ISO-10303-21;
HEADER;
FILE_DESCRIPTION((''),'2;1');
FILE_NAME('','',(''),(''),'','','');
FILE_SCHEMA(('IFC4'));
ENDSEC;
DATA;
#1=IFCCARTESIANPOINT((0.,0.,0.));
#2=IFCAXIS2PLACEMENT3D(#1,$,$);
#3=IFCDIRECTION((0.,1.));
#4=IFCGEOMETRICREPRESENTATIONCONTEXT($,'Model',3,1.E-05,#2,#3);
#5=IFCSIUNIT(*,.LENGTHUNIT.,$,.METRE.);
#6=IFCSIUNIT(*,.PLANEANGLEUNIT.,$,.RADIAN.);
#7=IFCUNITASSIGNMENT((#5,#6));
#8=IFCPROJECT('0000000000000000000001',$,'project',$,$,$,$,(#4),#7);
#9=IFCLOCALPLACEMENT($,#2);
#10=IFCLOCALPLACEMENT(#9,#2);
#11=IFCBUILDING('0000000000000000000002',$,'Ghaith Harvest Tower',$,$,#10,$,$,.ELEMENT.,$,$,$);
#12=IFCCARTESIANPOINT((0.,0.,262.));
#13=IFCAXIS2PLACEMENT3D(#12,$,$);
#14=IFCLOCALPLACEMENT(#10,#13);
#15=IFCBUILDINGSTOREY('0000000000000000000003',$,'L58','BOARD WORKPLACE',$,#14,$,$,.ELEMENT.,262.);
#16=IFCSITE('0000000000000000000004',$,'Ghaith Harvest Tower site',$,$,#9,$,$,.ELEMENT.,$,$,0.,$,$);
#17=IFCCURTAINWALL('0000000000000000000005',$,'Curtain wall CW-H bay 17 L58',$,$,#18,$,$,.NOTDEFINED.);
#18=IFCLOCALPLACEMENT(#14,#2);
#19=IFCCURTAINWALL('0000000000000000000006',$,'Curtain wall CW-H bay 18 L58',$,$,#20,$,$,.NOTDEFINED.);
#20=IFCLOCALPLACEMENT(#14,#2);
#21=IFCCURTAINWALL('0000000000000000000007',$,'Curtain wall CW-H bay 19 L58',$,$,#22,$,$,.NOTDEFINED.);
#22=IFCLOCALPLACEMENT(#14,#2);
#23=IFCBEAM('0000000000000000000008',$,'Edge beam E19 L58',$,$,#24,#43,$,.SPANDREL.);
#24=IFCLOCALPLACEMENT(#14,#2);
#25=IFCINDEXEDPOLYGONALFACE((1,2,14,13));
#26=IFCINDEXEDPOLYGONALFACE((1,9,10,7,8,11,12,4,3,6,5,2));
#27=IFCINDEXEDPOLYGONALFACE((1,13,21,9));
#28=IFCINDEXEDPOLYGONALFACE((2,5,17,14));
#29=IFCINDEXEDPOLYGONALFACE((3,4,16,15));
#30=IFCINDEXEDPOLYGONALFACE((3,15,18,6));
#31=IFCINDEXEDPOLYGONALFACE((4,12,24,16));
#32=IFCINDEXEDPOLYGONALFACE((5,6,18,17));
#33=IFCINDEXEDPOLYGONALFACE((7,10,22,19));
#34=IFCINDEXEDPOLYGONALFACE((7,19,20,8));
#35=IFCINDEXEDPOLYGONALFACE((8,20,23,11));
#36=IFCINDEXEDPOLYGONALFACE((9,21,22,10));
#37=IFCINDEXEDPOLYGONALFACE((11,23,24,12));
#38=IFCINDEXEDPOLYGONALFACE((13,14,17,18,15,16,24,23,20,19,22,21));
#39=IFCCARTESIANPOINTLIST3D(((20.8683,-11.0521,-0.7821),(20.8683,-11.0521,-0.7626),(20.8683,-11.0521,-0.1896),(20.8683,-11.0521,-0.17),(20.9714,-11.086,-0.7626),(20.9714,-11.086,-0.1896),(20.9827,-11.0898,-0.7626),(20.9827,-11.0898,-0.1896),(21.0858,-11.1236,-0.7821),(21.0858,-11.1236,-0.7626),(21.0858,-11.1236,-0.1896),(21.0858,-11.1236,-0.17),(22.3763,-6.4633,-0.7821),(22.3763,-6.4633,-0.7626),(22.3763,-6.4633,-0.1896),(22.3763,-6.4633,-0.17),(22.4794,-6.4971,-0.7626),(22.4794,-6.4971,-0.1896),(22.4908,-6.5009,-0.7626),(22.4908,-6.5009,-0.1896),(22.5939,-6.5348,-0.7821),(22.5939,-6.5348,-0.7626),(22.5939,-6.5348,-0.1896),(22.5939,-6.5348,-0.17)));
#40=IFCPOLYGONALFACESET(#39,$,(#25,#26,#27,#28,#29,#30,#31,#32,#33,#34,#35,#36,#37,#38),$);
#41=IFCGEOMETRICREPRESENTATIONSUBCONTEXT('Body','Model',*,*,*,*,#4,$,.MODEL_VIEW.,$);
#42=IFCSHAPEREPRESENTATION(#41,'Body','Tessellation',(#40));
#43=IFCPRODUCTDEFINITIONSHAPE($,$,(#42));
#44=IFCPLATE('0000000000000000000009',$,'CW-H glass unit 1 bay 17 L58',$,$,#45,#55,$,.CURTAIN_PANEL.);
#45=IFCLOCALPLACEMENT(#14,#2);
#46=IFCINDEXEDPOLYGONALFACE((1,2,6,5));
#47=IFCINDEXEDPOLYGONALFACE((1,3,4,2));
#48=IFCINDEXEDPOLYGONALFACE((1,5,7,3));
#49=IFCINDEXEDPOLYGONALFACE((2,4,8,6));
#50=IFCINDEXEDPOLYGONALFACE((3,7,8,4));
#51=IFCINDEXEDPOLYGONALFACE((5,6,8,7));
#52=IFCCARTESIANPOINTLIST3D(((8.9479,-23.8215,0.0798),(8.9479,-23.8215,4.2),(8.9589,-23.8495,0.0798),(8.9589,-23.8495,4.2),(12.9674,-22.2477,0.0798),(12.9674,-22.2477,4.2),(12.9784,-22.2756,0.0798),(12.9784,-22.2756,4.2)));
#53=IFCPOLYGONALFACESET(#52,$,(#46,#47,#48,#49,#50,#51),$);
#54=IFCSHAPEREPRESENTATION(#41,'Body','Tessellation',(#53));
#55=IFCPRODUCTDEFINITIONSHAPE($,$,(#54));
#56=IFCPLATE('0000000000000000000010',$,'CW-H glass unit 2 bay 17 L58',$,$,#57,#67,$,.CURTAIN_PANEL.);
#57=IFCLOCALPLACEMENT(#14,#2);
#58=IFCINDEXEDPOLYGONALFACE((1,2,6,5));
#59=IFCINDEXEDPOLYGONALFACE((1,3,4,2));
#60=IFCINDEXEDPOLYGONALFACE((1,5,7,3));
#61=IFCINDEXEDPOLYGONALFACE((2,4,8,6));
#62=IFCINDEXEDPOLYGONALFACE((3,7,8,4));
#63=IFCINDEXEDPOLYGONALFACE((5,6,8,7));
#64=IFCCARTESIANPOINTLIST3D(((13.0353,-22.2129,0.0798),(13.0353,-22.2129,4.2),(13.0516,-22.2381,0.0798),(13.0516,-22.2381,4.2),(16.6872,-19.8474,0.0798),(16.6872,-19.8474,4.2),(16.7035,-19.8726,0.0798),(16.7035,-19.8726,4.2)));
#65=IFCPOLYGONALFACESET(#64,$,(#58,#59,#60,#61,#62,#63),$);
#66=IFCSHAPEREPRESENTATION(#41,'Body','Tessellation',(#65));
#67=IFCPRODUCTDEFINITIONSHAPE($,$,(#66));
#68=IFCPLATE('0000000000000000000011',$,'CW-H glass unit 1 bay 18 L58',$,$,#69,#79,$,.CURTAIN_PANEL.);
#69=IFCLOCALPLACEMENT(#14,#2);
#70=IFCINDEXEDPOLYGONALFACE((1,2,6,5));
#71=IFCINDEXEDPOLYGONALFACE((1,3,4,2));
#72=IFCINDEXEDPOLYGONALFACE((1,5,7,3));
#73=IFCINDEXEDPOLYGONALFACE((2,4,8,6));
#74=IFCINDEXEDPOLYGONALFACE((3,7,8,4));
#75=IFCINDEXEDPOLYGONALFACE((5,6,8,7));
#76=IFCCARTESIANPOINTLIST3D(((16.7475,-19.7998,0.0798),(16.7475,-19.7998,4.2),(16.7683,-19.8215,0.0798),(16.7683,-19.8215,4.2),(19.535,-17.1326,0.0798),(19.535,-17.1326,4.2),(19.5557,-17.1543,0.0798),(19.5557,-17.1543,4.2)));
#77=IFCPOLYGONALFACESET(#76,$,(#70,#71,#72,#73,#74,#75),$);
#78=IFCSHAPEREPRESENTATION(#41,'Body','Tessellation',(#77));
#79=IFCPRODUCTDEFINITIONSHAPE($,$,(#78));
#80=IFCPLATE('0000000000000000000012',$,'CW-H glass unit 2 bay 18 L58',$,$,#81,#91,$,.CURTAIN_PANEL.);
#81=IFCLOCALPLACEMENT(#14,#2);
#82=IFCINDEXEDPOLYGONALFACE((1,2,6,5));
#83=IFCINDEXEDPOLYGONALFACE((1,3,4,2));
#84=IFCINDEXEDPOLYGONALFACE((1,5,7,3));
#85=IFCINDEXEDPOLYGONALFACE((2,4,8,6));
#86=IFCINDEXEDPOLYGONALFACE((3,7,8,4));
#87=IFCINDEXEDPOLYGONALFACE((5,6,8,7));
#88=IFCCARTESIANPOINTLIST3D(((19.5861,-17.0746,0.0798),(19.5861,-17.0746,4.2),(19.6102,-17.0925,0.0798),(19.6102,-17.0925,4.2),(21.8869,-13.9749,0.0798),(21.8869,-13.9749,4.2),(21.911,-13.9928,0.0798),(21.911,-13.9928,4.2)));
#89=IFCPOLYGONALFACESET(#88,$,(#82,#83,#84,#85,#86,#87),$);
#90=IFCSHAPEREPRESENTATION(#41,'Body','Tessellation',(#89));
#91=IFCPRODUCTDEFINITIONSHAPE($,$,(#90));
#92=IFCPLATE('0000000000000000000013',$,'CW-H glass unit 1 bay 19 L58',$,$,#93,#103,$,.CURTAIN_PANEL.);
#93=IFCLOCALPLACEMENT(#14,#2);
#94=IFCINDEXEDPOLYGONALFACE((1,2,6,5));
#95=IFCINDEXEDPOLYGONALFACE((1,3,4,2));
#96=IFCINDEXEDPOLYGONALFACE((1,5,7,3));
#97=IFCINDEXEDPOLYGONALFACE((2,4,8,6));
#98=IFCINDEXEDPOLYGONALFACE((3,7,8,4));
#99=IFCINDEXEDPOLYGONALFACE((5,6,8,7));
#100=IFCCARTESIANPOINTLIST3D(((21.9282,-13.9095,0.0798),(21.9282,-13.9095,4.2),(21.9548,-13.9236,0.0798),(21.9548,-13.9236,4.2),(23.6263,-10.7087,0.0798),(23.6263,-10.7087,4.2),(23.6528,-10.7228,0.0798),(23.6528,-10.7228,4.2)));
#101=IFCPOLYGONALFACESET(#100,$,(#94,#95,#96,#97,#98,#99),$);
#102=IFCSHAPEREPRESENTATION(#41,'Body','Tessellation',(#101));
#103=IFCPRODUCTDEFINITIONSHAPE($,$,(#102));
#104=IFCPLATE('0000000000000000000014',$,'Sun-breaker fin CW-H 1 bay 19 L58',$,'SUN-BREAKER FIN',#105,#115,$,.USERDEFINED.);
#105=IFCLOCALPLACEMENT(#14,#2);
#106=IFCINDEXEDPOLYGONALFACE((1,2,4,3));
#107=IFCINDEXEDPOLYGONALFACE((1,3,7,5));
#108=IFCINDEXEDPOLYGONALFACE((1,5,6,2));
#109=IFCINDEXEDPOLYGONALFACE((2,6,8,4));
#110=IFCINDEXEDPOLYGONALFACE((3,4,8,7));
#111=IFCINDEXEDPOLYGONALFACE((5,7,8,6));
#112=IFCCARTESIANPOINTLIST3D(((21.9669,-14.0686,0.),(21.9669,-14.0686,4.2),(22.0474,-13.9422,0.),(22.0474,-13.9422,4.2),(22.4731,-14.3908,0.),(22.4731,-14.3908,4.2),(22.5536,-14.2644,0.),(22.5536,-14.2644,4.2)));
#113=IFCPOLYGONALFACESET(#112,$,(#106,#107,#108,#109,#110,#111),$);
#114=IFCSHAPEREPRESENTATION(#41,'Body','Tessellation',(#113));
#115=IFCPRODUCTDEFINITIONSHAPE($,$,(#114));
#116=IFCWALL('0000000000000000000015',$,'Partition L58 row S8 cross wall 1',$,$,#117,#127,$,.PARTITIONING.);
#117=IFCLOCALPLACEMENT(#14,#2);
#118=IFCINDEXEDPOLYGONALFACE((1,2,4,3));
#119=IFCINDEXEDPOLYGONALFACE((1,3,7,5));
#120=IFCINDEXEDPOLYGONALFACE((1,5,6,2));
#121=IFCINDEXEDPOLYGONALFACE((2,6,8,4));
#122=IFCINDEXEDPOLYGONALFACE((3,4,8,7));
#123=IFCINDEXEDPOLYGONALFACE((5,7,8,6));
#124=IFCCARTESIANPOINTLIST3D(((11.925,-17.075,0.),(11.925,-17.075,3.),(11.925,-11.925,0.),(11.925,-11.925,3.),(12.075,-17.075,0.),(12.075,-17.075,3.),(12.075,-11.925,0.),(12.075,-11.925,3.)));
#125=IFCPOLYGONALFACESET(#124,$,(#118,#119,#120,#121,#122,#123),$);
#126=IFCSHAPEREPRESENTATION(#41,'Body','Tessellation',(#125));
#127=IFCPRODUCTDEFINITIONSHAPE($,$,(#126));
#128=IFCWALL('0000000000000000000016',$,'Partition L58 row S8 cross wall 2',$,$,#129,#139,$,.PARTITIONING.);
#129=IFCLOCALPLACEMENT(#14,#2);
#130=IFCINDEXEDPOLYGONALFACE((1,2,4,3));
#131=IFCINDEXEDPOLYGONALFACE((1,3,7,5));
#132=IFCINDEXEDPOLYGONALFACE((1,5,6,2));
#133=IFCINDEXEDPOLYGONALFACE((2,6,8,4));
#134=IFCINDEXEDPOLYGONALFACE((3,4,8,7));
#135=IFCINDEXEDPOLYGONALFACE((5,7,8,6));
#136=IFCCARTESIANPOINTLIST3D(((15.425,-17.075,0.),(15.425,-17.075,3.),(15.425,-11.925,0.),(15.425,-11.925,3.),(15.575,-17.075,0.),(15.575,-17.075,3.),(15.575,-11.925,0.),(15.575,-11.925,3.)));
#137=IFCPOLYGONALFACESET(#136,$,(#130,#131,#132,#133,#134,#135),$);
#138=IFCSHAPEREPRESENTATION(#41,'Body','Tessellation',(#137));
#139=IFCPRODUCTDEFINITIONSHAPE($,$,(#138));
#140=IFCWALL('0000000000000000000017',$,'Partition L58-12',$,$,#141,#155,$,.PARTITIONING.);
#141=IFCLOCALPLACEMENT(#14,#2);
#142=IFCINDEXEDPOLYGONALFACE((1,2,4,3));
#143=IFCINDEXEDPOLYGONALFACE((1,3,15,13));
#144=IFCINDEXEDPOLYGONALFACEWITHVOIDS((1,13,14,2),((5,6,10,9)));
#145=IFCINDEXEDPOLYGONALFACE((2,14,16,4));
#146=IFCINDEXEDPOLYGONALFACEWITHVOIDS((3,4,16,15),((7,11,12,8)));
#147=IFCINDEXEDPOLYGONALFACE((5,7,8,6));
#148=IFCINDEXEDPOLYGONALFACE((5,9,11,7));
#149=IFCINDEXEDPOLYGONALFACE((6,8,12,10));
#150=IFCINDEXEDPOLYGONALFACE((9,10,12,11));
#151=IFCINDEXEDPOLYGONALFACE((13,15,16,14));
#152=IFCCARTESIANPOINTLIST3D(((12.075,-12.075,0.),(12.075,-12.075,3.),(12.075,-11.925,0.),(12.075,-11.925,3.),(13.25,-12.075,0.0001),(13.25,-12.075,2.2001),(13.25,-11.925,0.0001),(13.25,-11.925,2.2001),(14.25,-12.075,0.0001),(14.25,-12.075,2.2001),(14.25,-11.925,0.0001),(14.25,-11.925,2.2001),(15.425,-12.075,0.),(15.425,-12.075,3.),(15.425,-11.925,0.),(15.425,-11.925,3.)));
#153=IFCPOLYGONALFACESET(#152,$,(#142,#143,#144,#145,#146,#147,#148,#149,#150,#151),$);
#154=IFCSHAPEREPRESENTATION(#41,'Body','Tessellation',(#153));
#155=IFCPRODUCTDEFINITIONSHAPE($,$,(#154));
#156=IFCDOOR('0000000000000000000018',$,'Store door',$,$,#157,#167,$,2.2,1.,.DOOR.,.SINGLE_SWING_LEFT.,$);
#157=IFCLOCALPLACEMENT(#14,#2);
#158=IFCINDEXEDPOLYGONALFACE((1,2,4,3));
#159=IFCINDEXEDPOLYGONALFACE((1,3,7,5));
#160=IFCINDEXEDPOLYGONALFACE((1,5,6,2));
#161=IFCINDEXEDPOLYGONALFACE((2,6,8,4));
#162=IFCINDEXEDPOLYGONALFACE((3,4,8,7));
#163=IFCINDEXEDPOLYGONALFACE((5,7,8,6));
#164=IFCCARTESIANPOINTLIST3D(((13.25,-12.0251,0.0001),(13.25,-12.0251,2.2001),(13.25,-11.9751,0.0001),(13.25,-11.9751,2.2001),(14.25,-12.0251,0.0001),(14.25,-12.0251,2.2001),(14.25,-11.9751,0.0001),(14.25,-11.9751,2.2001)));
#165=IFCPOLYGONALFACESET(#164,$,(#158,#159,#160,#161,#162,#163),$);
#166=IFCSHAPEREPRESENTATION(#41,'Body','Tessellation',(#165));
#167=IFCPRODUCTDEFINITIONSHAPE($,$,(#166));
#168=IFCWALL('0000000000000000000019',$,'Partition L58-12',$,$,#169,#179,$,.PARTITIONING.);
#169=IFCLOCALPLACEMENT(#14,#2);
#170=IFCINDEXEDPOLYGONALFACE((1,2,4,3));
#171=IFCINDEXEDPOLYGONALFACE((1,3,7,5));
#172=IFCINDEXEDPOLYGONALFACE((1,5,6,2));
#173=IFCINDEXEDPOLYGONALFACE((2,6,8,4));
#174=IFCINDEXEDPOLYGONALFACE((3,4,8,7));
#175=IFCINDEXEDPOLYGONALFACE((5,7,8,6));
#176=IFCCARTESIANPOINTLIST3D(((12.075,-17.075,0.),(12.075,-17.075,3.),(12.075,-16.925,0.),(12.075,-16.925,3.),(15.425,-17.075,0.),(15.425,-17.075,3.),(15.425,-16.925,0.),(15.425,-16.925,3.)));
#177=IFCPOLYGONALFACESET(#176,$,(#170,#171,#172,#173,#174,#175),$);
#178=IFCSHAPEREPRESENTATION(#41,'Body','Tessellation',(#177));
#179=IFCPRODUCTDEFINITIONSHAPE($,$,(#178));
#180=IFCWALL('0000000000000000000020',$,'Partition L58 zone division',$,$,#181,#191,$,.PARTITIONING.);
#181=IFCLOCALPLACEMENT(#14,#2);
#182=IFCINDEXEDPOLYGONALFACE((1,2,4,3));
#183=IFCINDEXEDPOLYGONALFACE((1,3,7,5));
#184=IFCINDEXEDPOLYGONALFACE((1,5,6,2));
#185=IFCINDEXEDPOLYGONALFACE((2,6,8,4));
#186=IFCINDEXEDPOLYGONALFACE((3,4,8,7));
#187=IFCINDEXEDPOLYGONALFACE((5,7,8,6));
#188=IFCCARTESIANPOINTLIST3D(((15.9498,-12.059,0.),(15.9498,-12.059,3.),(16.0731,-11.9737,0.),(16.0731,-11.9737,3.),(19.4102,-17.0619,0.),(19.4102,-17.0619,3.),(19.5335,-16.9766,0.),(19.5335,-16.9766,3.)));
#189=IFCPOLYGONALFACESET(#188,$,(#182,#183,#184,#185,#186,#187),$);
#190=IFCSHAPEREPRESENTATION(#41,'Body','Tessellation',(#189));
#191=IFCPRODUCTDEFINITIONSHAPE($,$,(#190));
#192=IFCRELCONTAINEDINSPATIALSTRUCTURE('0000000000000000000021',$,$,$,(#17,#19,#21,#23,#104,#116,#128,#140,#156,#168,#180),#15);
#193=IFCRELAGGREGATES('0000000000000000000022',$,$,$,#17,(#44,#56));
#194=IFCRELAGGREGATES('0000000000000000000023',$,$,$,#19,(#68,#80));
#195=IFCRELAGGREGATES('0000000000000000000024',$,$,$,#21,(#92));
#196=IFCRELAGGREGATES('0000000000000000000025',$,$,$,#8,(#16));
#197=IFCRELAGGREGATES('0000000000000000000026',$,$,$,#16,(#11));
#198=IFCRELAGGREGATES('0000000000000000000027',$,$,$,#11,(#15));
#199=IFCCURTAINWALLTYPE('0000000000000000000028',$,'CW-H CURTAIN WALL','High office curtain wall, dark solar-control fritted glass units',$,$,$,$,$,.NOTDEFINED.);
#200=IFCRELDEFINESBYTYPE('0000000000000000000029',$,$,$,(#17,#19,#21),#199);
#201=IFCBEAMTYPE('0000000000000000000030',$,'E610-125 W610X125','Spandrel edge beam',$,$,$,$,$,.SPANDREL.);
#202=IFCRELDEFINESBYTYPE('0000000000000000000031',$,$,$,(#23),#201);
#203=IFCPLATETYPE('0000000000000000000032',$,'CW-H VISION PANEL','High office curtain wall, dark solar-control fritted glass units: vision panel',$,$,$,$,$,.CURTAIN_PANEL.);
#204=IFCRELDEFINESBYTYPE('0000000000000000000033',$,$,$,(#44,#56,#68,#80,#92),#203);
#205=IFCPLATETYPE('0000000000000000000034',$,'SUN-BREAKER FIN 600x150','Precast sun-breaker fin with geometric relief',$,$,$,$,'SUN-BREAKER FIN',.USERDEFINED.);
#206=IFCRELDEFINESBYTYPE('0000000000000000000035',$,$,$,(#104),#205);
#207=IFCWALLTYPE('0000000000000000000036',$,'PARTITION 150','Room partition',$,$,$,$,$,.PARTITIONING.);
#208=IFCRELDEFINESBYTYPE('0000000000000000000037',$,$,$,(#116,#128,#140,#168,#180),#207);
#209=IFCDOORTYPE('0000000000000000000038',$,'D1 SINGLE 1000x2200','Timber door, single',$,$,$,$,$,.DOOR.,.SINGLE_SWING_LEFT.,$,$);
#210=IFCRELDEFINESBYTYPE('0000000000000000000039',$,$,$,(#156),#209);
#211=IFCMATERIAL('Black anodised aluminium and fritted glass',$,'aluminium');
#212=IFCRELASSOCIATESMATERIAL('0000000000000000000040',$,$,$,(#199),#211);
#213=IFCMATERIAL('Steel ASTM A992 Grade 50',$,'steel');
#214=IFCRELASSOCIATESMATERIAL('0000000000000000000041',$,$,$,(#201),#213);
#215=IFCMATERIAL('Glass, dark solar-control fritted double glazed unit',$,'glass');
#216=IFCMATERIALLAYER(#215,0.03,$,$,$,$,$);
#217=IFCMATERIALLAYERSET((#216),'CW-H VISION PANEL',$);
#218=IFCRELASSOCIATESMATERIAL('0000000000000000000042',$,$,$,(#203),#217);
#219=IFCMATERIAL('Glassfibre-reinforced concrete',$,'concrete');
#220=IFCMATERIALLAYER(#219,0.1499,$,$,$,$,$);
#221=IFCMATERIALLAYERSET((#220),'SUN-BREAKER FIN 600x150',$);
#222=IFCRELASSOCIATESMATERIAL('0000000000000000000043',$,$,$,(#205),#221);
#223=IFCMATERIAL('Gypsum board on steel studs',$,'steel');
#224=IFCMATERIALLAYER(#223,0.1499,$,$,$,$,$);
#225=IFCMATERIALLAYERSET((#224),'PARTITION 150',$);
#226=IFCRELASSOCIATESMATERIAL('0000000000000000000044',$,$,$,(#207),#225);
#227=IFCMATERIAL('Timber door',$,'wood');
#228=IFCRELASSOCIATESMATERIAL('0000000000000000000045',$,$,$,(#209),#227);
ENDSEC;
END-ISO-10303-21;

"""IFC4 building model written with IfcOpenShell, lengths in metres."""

from ifc_helpers import new_model, si_unit, direction, frame, frame_2d, origin, origin_2d, place, context, subcontext, project, spatial, rectangle, i_section, extrude, material, layer, layer_set, material_profile, profile_set, type_object, element, fill, aggregate, save


model = new_model("IFC4")

# Units and contexts
model_context = context("Model", 3, precision=1e-05, world=origin(), true_north=direction((0.0, 1.0)))
body_context = subcontext(model_context, "Body", "Model", "MODEL_VIEW")
ifc_project = project(units=[si_unit("LENGTHUNIT", "METRE"), si_unit("PLANEANGLEUNIT", "RADIAN")], contexts=[model_context])

# Site, building, storey
site_placement = place(None, origin())
site = spatial("IfcSite", under=ifc_project, at=site_placement, Name="Ghaith Harvest Tower site", CompositionType="ELEMENT", RefElevation=0.0)
building_placement = place(site_placement, origin())
building = spatial("IfcBuilding", under=site, at=building_placement, Name="Ghaith Harvest Tower", CompositionType="ELEMENT")
storey_placement = place(building_placement, frame((0.0, 0.0, 262.0)))
storey = spatial("IfcBuildingStorey", under=building, at=storey_placement, Name="L58", Description="BOARD WORKPLACE", CompositionType="ELEMENT", Elevation=262.0)

# Curtain wall
ifc_material_1 = material(Name="Black anodised aluminium and fritted glass", Category="aluminium")
curtain_wall_type = type_object("IfcCurtainWallType", Name="CW-H CURTAIN WALL", Description="High office curtain wall, dark solar-control fritted glass units", PredefinedType="NOTDEFINED", material=ifc_material_1)
curtain_wall_1_placement = place(storey_placement, origin())
curtain_wall_1 = element("IfcCurtainWall", 1, at=curtain_wall_1_placement, inside=storey, type_object=curtain_wall_type, Name="Curtain wall CW-H bay 17 L58", PredefinedType="NOTDEFINED")

# Curtain walls
curtain_wall_2_placement = place(storey_placement, origin())
curtain_wall_2 = element("IfcCurtainWall", 2, at=curtain_wall_2_placement, inside=storey, type_object=curtain_wall_type, Name="Curtain wall CW-H bay 18 L58", PredefinedType="NOTDEFINED")
curtain_wall_3_placement = place(storey_placement, origin())
curtain_wall_3 = element("IfcCurtainWall", 3, at=curtain_wall_3_placement, inside=storey, type_object=curtain_wall_type, Name="Curtain wall CW-H bay 19 L58", PredefinedType="NOTDEFINED")

# Beam
ifc_material_2 = material(Name="Steel ASTM A992 Grade 50", Category="steel")
ifc_material_profile_1 = material_profile(ifc_material_2, i_section(OverallWidth=0.229, OverallDepth=0.6121, WebThickness=0.012, FlangeThickness=0.0195, at=origin_2d()), Name="W610X125")
ifc_profile_set_1 = profile_set([ifc_material_profile_1], Name="Steel ASTM A992 Grade 50")
beam_type = type_object("IfcBeamType", Name="E610-125 W610X125", Description="Spandrel edge beam", PredefinedType="SPANDREL", material=ifc_profile_set_1)
beam_1_placement = place(storey_placement, frame((20.9771, -11.0879, -0.4761), z_axis=(0.312207, 0.950014, 0.0), x_axis=(-0.950014, 0.312207, 0.0)))
element("IfcBeam", 4, at=beam_1_placement, inside=storey, type_object=beam_type, Name="Edge beam E19 L58", PredefinedType="SPANDREL", context=body_context, shape_type="SweptSolid", body=[
    extrude(i_section(OverallWidth=0.229, OverallDepth=0.6121, WebThickness=0.012, FlangeThickness=0.0195, at=origin_2d()), origin(), (0.0, 0.0, 1.0), 4.8303),
])

# Plates
ifc_material_3 = material(Name="Glass, dark solar-control fritted double glazed unit", Category="glass")
ifc_layer_1 = layer(ifc_material_3, 0.03)
ifc_layer_set_1 = layer_set([ifc_layer_1], Name="CW-H VISION PANEL")
plate_type_1 = type_object("IfcPlateType", Name="CW-H VISION PANEL", Description="High office curtain wall, dark solar-control fritted glass units: vision panel", PredefinedType="CURTAIN_PANEL", material=ifc_layer_set_1)
plate_1_placement = place(storey_placement, frame((10.9631, -23.0486, 0.0798), z_axis=(0.0, 0.0, 1.0), x_axis=(0.931161, 0.364608, 0.0)))
plate_1 = element("IfcPlate", 5, at=plate_1_placement, type_object=plate_type_1, Name="CW-H glass unit 1 bay 17 L58", PredefinedType="CURTAIN_PANEL", context=body_context, shape_type="SweptSolid", body=[
    extrude(rectangle(XDim=4.3167, YDim=0.03, at=origin_2d()), origin(), (0.0, 0.0, 1.0), 4.1201),
])
plate_2_placement = place(storey_placement, frame((14.8694, -21.0427, 0.0798), z_axis=(0.0, 0.0, 1.0), x_axis=(0.839305, 0.54366, 0.0)))
plate_2 = element("IfcPlate", 6, at=plate_2_placement, type_object=plate_type_1, Name="CW-H glass unit 2 bay 17 L58", PredefinedType="CURTAIN_PANEL", context=body_context, shape_type="SweptSolid", body=[
    extrude(rectangle(XDim=4.3511, YDim=0.03, at=origin_2d()), origin(), (0.0, 0.0, 1.0), 4.1201),
])
aggregate(curtain_wall_1, [plate_1, plate_2])
plate_3_placement = place(storey_placement, frame((18.1516, -18.4771, 0.0798), z_axis=(0.0, 0.0, 1.0), x_axis=(0.722533, 0.691337, 0.0)))
plate_3 = element("IfcPlate", 7, at=plate_3_placement, type_object=plate_type_1, Name="CW-H glass unit 1 bay 18 L58", PredefinedType="CURTAIN_PANEL", context=body_context, shape_type="SweptSolid", body=[
    extrude(rectangle(XDim=3.8579, YDim=0.03, at=origin_2d()), origin(), (0.0, 0.0, 1.0), 4.1201),
])
plate_4_placement = place(storey_placement, frame((20.7485, -15.5337, 0.0798), z_axis=(0.0, 0.0, 1.0), x_axis=(0.596019, 0.802971, 0.0)))
plate_4 = element("IfcPlate", 8, at=plate_4_placement, type_object=plate_type_1, Name="CW-H glass unit 2 bay 18 L58", PredefinedType="CURTAIN_PANEL", context=body_context, shape_type="SweptSolid", body=[
    extrude(rectangle(XDim=3.8604, YDim=0.03, at=origin_2d()), origin(), (0.0, 0.0, 1.0), 4.1201),
])
aggregate(curtain_wall_2, [plate_3, plate_4])
plate_5_placement = place(storey_placement, frame((22.7905, -12.3162, 0.0798), z_axis=(0.0, 0.0, 1.0), x_axis=(0.468644, 0.883387, 0.0)))
plate_5 = element("IfcPlate", 9, at=plate_5_placement, type_object=plate_type_1, Name="CW-H glass unit 1 bay 19 L58", PredefinedType="CURTAIN_PANEL", context=body_context, shape_type="SweptSolid", body=[
    extrude(rectangle(XDim=3.6233, YDim=0.03, at=origin_2d()), origin(), (0.0, 0.0, 1.0), 4.1201),
])
aggregate(curtain_wall_3, [plate_5])
ifc_material_4 = material(Name="Glassfibre-reinforced concrete", Category="concrete")
ifc_layer_2 = layer(ifc_material_4, 0.1499)
ifc_layer_set_2 = layer_set([ifc_layer_2], Name="SUN-BREAKER FIN 600x150")
plate_type_2 = type_object("IfcPlateType", Name="SUN-BREAKER FIN 600x150", Description="Precast sun-breaker fin with geometric relief", ElementType="SUN-BREAKER FIN", PredefinedType="USERDEFINED", material=ifc_layer_set_2)
plate_6_placement = place(storey_placement, frame((22.2603, -14.1665, 0.0), z_axis=(0.0, 0.0, 1.0), x_axis=(0.843644, -0.536903, 0.0)))
element("IfcPlate", 10, at=plate_6_placement, inside=storey, type_object=plate_type_2, Name="Sun-breaker fin CW-H 1 bay 19 L58", ObjectType="SUN-BREAKER FIN", PredefinedType="USERDEFINED", context=body_context, shape_type="SweptSolid", body=[
    extrude(rectangle(XDim=0.6001, YDim=0.1499, at=origin_2d()), origin(), (0.0, 0.0, 1.0), 4.2),
])

# Walls
ifc_material_5 = material(Name="Gypsum board on steel studs", Category="steel")
ifc_layer_3 = layer(ifc_material_5, 0.1499)
ifc_layer_set_3 = layer_set([ifc_layer_3], Name="PARTITION 150")
wall_type = type_object("IfcWallType", Name="PARTITION 150", Description="Room partition", PredefinedType="PARTITIONING", material=ifc_layer_set_3)
for number, where, z_axis, x_axis, name in (
    (11, (12.0, -11.925, 0.0), (0.0, 0.0, 1.0), (0.0, -1.0, 0.0), "Partition L58 row S8 cross wall 1"),
    (12, (15.5, -11.925, 0.0), (0.0, 0.0, 1.0), (0.0, -1.0, 0.0), "Partition L58 row S8 cross wall 2"),
):
    element("IfcWall", number, at=place(storey_placement, frame(where, z_axis=z_axis, x_axis=x_axis)), inside=storey, type_object=wall_type, Name=name, PredefinedType="PARTITIONING", context=body_context, shape_type="SweptSolid", body=[
        extrude(rectangle(XDim=5.1499, YDim=0.1499, at=frame_2d((2.575, 0.0))), origin(), (0.0, 0.0, 1.0), 3.0),
    ])

# Wall, opening, door
wall_1_placement = place(storey_placement, frame((12.075, -12.0, 0.0), z_axis=(0.0, 0.0, 1.0), x_axis=(1.0, 0.0, 0.0)))
wall_1 = element("IfcWall", 13, at=wall_1_placement, inside=storey, type_object=wall_type, Name="Partition L58-12", PredefinedType="PARTITIONING", context=body_context, shape_type="SweptSolid", body=[
    extrude(rectangle(XDim=3.3501, YDim=0.1499, at=frame_2d((1.675, 0.0))), origin(), (0.0, 0.0, 1.0), 3.0),
])
opening_placement = place(wall_1_placement, frame((1.175, 0.0, 0.0)))
opening = element("IfcOpeningElement", 14, at=opening_placement, cuts=wall_1, PredefinedType="OPENING", context=body_context, shape_type="SweptSolid", body=[
    extrude(rectangle(XDim=1.0, YDim=2.2, at=frame_2d((0.5, 1.1001))), frame((0.0, 0.085, 0.0), z_axis=(0.0, -1.0, 0.0), x_axis=(1.0, 0.0, 0.0)), (0.0, 0.0, 1.0), 0.1699),
])
ifc_material_6 = material(Name="Timber door", Category="wood")
door_type = type_object("IfcDoorType", Name="D1 SINGLE 1000x2200", Description="Timber door, single", OperationType="SINGLE_SWING_LEFT", PredefinedType="DOOR", material=ifc_material_6)
door_placement = place(opening_placement, origin())
door = element("IfcDoor", 15, at=door_placement, inside=storey, type_object=door_type, Name="Store door", OperationType="SINGLE_SWING_LEFT", OverallHeight=2.2, OverallWidth=1.0, PredefinedType="DOOR", context=body_context, shape_type="SweptSolid", body=[
    extrude(rectangle(XDim=1.0, YDim=2.2, at=frame_2d((0.5, 1.1001))), frame((0.0, 0.0249, 0.0), z_axis=(0.0, -1.0, 0.0), x_axis=(1.0, 0.0, 0.0)), (0.0, 0.0, 1.0), 0.05),
])
fill(opening, door)

# Walls
wall_2_placement = place(storey_placement, frame((12.075, -17.0, 0.0), z_axis=(0.0, 0.0, 1.0), x_axis=(1.0, 0.0, 0.0)))
element("IfcWall", 16, at=wall_2_placement, inside=storey, type_object=wall_type, Name="Partition L58-12", PredefinedType="PARTITIONING", context=body_context, shape_type="SweptSolid", body=[
    extrude(rectangle(XDim=3.3501, YDim=0.1499, at=frame_2d((1.675, 0.0))), origin(), (0.0, 0.0, 1.0), 3.0),
])
wall_3_placement = place(storey_placement, frame((16.0115, -12.0164, 0.0), z_axis=(0.0, 0.0, 1.0), x_axis=(0.568863, -0.822432, 0.0)))
element("IfcWall", 17, at=wall_3_placement, inside=storey, type_object=wall_type, Name="Partition L58 zone division", PredefinedType="PARTITIONING", context=body_context, shape_type="SweptSolid", body=[
    extrude(rectangle(XDim=6.083, YDim=0.1499, at=frame_2d((3.0415, 0.0))), origin(), (0.0, 0.0, 1.0), 3.0),
])

save(model, "model.ifc")
